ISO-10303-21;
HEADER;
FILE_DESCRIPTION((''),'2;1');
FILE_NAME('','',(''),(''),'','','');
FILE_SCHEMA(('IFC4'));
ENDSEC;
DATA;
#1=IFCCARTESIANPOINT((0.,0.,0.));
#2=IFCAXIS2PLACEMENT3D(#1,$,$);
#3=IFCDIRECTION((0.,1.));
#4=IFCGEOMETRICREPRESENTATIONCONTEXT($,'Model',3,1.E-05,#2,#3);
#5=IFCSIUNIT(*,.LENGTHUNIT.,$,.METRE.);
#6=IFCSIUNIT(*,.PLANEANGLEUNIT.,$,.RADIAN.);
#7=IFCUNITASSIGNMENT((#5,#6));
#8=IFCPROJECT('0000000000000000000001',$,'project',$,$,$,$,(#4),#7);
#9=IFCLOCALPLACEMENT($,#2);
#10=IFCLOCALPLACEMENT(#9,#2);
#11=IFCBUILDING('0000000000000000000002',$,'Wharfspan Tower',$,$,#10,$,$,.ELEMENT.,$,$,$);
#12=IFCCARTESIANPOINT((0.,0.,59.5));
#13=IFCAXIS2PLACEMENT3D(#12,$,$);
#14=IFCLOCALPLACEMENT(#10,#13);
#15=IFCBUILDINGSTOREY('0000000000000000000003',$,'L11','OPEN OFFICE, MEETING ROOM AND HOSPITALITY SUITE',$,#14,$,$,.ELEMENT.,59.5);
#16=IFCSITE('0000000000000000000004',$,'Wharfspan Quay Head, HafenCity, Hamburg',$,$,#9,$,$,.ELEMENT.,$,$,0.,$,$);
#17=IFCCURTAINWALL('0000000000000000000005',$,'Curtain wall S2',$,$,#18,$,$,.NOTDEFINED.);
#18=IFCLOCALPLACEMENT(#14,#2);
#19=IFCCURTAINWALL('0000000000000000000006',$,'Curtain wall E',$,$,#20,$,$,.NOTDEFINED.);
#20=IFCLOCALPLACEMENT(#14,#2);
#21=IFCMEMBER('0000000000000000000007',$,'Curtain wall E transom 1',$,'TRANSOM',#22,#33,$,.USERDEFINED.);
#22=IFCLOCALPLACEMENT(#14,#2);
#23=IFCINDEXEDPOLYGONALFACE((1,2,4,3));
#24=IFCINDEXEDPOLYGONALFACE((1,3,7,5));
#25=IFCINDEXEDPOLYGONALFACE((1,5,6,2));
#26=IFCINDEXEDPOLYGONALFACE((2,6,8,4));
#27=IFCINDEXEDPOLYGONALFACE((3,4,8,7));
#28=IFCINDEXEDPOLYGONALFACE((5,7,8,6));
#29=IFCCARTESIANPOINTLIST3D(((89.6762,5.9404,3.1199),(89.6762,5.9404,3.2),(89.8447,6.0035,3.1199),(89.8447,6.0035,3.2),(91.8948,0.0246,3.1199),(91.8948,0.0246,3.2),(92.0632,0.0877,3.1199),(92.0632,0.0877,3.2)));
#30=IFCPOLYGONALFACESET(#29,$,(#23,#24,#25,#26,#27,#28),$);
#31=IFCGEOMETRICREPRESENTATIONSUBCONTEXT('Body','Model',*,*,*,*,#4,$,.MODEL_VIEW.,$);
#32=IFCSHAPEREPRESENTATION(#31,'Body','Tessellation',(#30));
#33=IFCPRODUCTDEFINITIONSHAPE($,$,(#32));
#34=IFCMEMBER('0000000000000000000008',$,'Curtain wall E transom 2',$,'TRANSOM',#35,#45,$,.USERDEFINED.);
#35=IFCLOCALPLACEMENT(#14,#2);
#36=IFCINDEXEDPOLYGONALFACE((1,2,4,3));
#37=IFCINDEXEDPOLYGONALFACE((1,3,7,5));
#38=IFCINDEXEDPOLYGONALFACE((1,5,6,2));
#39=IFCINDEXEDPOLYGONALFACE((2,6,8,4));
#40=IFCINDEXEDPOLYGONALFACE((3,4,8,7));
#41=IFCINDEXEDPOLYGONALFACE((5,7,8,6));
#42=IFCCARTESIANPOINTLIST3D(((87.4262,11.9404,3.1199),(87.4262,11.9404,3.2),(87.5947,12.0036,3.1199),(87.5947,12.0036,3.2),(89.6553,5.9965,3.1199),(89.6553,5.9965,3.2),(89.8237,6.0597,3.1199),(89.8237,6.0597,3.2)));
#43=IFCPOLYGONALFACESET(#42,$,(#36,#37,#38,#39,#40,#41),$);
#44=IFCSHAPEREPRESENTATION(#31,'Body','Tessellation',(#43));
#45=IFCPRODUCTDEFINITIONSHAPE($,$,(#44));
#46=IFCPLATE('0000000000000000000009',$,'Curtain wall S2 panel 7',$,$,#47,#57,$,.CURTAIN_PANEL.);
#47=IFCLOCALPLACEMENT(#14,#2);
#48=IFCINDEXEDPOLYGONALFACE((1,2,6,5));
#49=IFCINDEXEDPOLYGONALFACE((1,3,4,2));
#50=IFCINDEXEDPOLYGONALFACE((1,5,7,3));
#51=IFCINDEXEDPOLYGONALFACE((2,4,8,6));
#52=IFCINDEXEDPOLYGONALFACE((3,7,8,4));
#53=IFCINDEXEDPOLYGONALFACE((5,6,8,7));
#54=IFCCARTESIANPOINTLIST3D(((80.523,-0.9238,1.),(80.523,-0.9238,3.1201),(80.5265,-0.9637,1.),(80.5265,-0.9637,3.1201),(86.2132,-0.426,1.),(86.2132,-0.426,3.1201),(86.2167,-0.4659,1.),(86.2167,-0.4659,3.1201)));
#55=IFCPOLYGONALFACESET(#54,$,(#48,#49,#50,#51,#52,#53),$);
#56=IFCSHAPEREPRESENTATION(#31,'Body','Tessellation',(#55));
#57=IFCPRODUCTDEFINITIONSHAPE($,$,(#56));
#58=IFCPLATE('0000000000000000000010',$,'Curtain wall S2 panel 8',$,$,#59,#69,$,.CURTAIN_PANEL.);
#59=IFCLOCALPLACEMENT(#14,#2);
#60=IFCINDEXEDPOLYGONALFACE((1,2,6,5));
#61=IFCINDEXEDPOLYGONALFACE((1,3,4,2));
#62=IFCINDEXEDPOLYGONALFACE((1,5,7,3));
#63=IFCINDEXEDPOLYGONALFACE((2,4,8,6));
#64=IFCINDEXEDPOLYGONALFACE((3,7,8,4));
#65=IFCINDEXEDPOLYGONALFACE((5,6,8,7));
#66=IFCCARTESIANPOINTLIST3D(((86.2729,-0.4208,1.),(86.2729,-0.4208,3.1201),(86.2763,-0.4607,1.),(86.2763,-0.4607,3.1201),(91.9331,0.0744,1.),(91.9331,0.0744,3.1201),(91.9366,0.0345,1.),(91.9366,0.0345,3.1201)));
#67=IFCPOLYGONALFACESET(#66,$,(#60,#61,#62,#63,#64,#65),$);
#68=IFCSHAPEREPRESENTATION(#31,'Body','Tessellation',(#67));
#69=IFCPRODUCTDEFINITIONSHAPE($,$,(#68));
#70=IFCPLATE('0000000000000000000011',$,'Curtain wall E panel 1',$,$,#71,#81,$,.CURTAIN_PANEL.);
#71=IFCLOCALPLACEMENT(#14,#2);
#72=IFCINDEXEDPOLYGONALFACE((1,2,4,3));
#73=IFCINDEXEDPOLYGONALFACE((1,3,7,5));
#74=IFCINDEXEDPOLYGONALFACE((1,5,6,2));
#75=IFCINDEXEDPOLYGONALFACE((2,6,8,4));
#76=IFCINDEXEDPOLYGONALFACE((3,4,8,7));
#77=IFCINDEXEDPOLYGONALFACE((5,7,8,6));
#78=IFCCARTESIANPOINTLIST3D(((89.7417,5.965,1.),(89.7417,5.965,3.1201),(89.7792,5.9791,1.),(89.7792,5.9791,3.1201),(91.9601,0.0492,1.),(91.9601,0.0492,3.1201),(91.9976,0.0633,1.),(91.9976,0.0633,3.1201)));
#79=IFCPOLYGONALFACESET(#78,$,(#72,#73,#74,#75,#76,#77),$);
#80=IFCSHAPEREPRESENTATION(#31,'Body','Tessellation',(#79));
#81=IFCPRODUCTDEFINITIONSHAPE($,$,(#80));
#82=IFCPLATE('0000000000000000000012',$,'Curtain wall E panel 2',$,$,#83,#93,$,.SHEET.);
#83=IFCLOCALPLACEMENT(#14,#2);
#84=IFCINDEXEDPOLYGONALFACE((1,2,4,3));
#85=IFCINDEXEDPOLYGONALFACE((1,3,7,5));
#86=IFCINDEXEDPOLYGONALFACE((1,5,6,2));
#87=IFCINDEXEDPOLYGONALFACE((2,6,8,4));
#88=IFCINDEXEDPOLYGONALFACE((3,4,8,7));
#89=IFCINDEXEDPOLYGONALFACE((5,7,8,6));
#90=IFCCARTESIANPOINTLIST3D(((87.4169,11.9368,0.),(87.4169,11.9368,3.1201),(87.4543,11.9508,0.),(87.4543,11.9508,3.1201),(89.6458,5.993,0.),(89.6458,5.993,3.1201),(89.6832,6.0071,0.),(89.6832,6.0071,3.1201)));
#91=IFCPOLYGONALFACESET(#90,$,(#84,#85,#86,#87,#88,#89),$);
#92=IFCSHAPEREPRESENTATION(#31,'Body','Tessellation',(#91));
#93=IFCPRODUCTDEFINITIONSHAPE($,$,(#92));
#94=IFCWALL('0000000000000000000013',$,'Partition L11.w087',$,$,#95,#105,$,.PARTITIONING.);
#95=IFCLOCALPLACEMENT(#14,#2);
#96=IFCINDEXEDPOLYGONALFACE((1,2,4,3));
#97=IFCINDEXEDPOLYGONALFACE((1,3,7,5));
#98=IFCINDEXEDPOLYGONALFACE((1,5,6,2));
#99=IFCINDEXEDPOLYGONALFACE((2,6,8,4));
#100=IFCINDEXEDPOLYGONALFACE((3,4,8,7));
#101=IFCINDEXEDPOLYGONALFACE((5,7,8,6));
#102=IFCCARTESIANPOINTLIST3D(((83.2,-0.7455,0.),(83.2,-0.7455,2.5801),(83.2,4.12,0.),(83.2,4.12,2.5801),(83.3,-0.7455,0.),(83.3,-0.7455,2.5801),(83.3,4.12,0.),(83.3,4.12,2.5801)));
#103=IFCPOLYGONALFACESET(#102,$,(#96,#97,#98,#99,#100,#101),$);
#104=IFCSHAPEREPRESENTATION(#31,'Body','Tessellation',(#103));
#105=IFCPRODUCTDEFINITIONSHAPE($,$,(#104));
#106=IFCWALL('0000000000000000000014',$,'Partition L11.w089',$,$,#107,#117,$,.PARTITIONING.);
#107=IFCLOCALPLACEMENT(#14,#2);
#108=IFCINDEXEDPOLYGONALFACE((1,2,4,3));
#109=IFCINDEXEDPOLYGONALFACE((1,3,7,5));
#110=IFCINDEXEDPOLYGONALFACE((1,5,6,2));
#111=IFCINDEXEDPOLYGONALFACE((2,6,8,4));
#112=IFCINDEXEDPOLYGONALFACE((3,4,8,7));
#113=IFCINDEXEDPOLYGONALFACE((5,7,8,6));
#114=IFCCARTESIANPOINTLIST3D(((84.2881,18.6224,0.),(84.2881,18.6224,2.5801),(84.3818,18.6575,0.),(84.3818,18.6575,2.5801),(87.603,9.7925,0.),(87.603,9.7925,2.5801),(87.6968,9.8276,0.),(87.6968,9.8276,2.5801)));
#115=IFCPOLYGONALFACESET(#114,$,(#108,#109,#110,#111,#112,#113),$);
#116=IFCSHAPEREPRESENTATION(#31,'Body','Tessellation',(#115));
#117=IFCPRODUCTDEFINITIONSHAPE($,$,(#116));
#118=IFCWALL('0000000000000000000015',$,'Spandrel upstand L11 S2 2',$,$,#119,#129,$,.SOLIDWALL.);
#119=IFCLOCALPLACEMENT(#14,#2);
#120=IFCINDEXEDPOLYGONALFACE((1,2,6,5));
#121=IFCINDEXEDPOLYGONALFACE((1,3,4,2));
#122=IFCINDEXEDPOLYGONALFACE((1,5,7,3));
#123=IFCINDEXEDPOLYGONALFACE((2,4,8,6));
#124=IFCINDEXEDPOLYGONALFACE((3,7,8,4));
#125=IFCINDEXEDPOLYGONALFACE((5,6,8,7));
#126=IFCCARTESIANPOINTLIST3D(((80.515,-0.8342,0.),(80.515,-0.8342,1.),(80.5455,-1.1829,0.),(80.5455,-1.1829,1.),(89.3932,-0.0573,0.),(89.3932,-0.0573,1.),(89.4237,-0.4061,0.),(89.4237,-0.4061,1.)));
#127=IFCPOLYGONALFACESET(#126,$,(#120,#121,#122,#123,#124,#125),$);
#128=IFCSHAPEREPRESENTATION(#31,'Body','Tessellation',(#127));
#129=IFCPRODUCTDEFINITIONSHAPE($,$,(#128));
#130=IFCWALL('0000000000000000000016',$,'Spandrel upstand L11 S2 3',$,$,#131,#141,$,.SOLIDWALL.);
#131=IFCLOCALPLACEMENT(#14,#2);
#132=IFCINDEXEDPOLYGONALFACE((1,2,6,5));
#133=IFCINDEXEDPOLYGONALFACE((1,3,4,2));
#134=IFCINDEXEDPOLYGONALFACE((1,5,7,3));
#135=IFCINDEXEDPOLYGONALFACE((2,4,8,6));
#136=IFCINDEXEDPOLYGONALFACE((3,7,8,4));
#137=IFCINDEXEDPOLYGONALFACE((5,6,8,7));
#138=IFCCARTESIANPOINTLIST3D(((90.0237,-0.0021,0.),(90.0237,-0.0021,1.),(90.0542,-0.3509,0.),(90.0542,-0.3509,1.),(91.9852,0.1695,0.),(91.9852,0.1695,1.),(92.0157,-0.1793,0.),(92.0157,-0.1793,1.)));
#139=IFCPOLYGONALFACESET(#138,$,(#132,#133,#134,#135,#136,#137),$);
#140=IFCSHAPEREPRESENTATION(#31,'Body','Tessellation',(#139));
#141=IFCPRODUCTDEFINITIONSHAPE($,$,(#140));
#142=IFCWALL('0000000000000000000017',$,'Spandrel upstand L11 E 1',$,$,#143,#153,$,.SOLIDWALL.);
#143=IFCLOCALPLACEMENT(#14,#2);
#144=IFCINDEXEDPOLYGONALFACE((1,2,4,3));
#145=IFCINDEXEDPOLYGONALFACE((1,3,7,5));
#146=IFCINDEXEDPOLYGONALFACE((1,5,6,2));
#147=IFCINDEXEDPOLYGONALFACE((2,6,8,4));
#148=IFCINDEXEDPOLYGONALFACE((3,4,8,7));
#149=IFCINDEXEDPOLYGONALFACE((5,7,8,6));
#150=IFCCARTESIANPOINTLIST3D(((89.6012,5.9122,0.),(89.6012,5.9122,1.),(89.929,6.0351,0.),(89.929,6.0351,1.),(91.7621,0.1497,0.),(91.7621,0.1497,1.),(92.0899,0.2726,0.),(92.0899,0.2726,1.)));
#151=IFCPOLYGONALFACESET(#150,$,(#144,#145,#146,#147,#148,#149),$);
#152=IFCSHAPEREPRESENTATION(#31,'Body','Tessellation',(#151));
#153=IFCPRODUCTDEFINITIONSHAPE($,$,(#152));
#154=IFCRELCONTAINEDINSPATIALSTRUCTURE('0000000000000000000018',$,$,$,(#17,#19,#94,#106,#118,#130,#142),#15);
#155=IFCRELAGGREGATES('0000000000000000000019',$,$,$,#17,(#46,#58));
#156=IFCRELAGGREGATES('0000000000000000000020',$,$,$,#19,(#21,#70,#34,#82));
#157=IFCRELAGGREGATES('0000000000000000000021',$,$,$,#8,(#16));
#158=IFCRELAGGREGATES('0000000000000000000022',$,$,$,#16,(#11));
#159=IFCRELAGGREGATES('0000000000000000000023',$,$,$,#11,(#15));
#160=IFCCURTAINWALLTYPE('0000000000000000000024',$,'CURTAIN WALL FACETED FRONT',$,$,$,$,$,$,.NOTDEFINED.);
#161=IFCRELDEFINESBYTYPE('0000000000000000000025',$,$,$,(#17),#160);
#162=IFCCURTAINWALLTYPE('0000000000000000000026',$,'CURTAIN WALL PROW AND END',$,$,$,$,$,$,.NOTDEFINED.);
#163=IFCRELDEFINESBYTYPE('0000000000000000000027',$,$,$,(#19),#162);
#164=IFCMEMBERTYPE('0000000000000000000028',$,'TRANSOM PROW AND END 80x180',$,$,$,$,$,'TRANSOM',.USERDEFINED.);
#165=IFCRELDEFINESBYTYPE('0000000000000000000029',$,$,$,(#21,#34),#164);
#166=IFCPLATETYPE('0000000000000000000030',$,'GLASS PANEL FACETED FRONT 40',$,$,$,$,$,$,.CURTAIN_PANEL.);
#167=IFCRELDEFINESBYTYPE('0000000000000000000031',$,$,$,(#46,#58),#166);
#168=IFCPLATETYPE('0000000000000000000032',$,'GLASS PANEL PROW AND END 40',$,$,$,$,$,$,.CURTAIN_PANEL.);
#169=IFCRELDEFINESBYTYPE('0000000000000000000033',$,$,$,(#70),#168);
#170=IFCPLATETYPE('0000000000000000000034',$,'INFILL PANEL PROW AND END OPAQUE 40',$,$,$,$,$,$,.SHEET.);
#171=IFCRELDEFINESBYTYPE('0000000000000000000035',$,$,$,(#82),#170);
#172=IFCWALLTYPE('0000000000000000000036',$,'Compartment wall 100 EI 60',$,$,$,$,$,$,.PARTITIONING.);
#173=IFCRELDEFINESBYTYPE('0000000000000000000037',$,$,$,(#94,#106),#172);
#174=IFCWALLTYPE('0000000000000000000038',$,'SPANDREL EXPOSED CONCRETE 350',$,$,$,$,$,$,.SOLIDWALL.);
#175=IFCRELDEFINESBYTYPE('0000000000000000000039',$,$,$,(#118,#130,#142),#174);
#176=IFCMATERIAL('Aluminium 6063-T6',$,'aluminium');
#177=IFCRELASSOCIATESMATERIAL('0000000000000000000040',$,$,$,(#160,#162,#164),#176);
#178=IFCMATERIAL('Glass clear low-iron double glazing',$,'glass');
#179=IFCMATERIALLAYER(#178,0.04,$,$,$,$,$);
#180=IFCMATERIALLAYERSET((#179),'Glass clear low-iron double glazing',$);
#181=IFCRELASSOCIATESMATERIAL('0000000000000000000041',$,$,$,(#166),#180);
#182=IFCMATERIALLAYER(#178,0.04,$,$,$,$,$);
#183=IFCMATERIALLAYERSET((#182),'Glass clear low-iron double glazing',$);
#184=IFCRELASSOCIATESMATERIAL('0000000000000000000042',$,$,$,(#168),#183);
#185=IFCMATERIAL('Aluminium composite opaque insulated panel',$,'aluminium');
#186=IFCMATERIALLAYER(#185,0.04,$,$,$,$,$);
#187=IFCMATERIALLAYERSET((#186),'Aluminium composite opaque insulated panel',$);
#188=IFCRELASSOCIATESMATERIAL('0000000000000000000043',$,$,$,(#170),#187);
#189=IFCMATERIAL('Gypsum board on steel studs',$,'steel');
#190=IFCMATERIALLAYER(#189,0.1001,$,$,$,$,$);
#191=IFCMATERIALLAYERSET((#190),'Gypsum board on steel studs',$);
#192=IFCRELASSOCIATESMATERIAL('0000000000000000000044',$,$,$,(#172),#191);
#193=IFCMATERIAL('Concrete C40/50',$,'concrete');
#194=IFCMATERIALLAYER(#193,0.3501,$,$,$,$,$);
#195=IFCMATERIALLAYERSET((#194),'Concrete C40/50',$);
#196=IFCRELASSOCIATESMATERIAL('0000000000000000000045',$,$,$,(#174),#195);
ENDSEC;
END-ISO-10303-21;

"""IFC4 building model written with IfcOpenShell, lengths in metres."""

from ifc_helpers import new_model, si_unit, direction, frame, frame_2d, origin, origin_2d, place, context, subcontext, project, spatial, rectangle, extrude, material, layer, layer_set, material_profile, profile_set, type_object, element, aggregate, save


model = new_model("IFC4")

# Units and contexts
model_context = context("Model", 3, precision=1e-05, world=origin(), true_north=direction((0.0, 1.0)))
body_context = subcontext(model_context, "Body", "Model", "MODEL_VIEW")
ifc_project = project(units=[si_unit("LENGTHUNIT", "METRE"), si_unit("PLANEANGLEUNIT", "RADIAN")], contexts=[model_context])

# Site, building, storey
site_placement = place(None, origin())
site = spatial("IfcSite", under=ifc_project, at=site_placement, Name="Wharfspan Quay Head, HafenCity, Hamburg", CompositionType="ELEMENT", RefElevation=0.0)
building_placement = place(site_placement, origin())
building = spatial("IfcBuilding", under=site, at=building_placement, Name="Wharfspan Tower", CompositionType="ELEMENT")
storey_placement = place(building_placement, frame((0.0, 0.0, 59.5)))
storey = spatial("IfcBuildingStorey", under=building, at=storey_placement, Name="L11", Description="OPEN OFFICE, MEETING ROOM AND HOSPITALITY SUITE", CompositionType="ELEMENT", Elevation=59.5)

# Curtain walls
ifc_material_1 = material(Name="Aluminium 6063-T6", Category="aluminium")
curtain_wall_type_1 = type_object("IfcCurtainWallType", Name="CURTAIN WALL FACETED FRONT", PredefinedType="NOTDEFINED", material=ifc_material_1)
curtain_wall_1_placement = place(storey_placement, origin())
curtain_wall_1 = element("IfcCurtainWall", 1, at=curtain_wall_1_placement, inside=storey, type_object=curtain_wall_type_1, Name="Curtain wall S2", PredefinedType="NOTDEFINED")
curtain_wall_type_2 = type_object("IfcCurtainWallType", Name="CURTAIN WALL PROW AND END", PredefinedType="NOTDEFINED", material=ifc_material_1)
curtain_wall_2_placement = place(storey_placement, origin())
curtain_wall_2 = element("IfcCurtainWall", 2, at=curtain_wall_2_placement, inside=storey, type_object=curtain_wall_type_2, Name="Curtain wall E", PredefinedType="NOTDEFINED")

# Members
ifc_material_profile_1 = material_profile(ifc_material_1, rectangle(XDim=0.1799, YDim=0.0801, at=origin_2d()))
ifc_profile_set_1 = profile_set([ifc_material_profile_1], Name="Aluminium 6063-T6")
member_type_1 = type_object("IfcMemberType", Name="TRANSOM PROW AND END 80x180", ElementType="TRANSOM", PredefinedType="USERDEFINED", material=ifc_profile_set_1)
member_1_placement = place(storey_placement, frame((91.979, 0.0562, 3.1599), z_axis=(-0.351136, 0.936324, 0.0), x_axis=(-0.936324, -0.351136, 0.0)))
member_1 = element("IfcMember", 3, at=member_1_placement, type_object=member_type_1, Name="Curtain wall E transom 1", ObjectType="TRANSOM", PredefinedType="USERDEFINED", context=body_context, shape_type="SweptSolid", body=[
    extrude(rectangle(XDim=0.1799, YDim=0.0801, at=origin_2d()), origin(), (0.0, 0.0, 1.0), 6.3181),
])
member_2_placement = place(storey_placement, frame((89.7395, 6.0281, 3.1599), z_axis=(-0.351132, 0.936326, 0.0), x_axis=(-0.936326, -0.351132, 0.0)))
member_2 = element("IfcMember", 4, at=member_2_placement, type_object=member_type_1, Name="Curtain wall E transom 2", ObjectType="TRANSOM", PredefinedType="USERDEFINED", context=body_context, shape_type="SweptSolid", body=[
    extrude(rectangle(XDim=0.1799, YDim=0.0801, at=origin_2d()), origin(), (0.0, 0.0, 1.0), 6.3481),
])

# Plates
ifc_material_2 = material(Name="Glass clear low-iron double glazing", Category="glass")
ifc_layer_1 = layer(ifc_material_2, 0.04)
ifc_layer_set_1 = layer_set([ifc_layer_1], Name="Glass clear low-iron double glazing")
plate_type_1 = type_object("IfcPlateType", Name="GLASS PANEL FACETED FRONT 40", PredefinedType="CURTAIN_PANEL", material=ifc_layer_set_1)
plate_1_placement = place(storey_placement, frame((83.3699, -0.6948, 1.0), z_axis=(0.0, 0.0, 1.0), x_axis=(0.996197, 0.087156, 0.0)))
plate_1 = element("IfcPlate", 5, at=plate_1_placement, type_object=plate_type_1, Name="Curtain wall S2 panel 7", PredefinedType="CURTAIN_PANEL", context=body_context, shape_type="SweptSolid", body=[
    extrude(rectangle(XDim=5.7119, YDim=0.04, at=origin_2d()), origin(), (0.0, 0.0, 1.0), 2.1201),
])
plate_2_placement = place(storey_placement, frame((89.1047, -0.1931, 1.0), z_axis=(0.0, 0.0, 1.0), x_axis=(0.996197, 0.087156, 0.0)))
plate_2 = element("IfcPlate", 6, at=plate_2_placement, type_object=plate_type_1, Name="Curtain wall S2 panel 8", PredefinedType="CURTAIN_PANEL", context=body_context, shape_type="SweptSolid", body=[
    extrude(rectangle(XDim=5.6819, YDim=0.04, at=origin_2d()), origin(), (0.0, 0.0, 1.0), 2.1201),
])
aggregate(curtain_wall_1, [plate_1, plate_2])
ifc_layer_2 = layer(ifc_material_2, 0.04)
ifc_layer_set_2 = layer_set([ifc_layer_2], Name="Glass clear low-iron double glazing")
plate_type_2 = type_object("IfcPlateType", Name="GLASS PANEL PROW AND END 40", PredefinedType="CURTAIN_PANEL", material=ifc_layer_set_2)
plate_3_placement = place(storey_placement, frame((90.8696, 3.0142, 1.0), z_axis=(0.0, 0.0, 1.0), x_axis=(-0.351123, 0.936328, 0.0)))
plate_3 = element("IfcPlate", 7, at=plate_3_placement, type_object=plate_type_2, Name="Curtain wall E panel 1", PredefinedType="CURTAIN_PANEL", context=body_context, shape_type="SweptSolid", body=[
    extrude(rectangle(XDim=6.3181, YDim=0.04, at=origin_2d()), origin(), (0.0, 0.0, 1.0), 2.1201),
])
ifc_material_3 = material(Name="Aluminium composite opaque insulated panel", Category="aluminium")
ifc_layer_3 = layer(ifc_material_3, 0.04)
ifc_layer_set_3 = layer_set([ifc_layer_3], Name="Aluminium composite opaque insulated panel")
plate_type_3 = type_object("IfcPlateType", Name="INFILL PANEL PROW AND END OPAQUE 40", PredefinedType="SHEET", material=ifc_layer_set_3)
plate_4_placement = place(storey_placement, frame((88.55, 8.9719, 0.0), z_axis=(0.0, 0.0, 1.0), x_axis=(-0.351123, 0.936328, 0.0)))
plate_4 = element("IfcPlate", 8, at=plate_4_placement, type_object=plate_type_3, Name="Curtain wall E panel 2", PredefinedType="SHEET", context=body_context, shape_type="SweptSolid", body=[
    extrude(rectangle(XDim=6.3479, YDim=0.04, at=origin_2d()), origin(), (0.0, 0.0, 1.0), 3.1201),
])
aggregate(curtain_wall_2, [member_1, plate_3, member_2, plate_4])

# Walls
ifc_material_4 = material(Name="Gypsum board on steel studs", Category="steel")
ifc_layer_4 = layer(ifc_material_4, 0.1001)
ifc_layer_set_4 = layer_set([ifc_layer_4], Name="Gypsum board on steel studs")
wall_type_1 = type_object("IfcWallType", Name="Compartment wall 100 EI 60", PredefinedType="PARTITIONING", material=ifc_layer_set_4)
wall_1_placement = place(storey_placement, frame((83.25, -0.7454, 0.0), z_axis=(0.0, 0.0, 1.0), x_axis=(0.0, 1.0, 0.0)))
element("IfcWall", 9, at=wall_1_placement, inside=storey, type_object=wall_type_1, Name="Partition L11.w087", PredefinedType="PARTITIONING", context=body_context, shape_type="SweptSolid", body=[
    extrude(rectangle(XDim=4.8655, YDim=0.1001, at=frame_2d((2.4326, 0.0))), origin(), (0.0, 0.0, 1.0), 2.5801),
])
wall_2_placement = place(storey_placement, frame((87.6499, 9.8101, 0.0), z_axis=(0.0, 0.0, 1.0), x_axis=(-0.351473, 0.9362, 0.0)))
element("IfcWall", 10, at=wall_2_placement, inside=storey, type_object=wall_type_1, Name="Partition L11.w089", PredefinedType="PARTITIONING", context=body_context, shape_type="SweptSolid", body=[
    extrude(rectangle(XDim=9.4316, YDim=0.1001, at=frame_2d((4.7158, 0.0))), origin(), (0.0, 0.0, 1.0), 2.5801),
])
ifc_material_5 = material(Name="Concrete C40/50", Category="concrete")
ifc_layer_5 = layer(ifc_material_5, 0.3501)
ifc_layer_set_5 = layer_set([ifc_layer_5], Name="Concrete C40/50")
wall_type_2 = type_object("IfcWallType", Name="SPANDREL EXPOSED CONCRETE 350", PredefinedType="SOLIDWALL", material=ifc_layer_set_5)
wall_3_placement = place(storey_placement, frame((80.5303, -1.0085, 0.0), z_axis=(0.0, 0.0, 1.0), x_axis=(0.996198, 0.087169, 0.0)))
element("IfcWall", 11, at=wall_3_placement, inside=storey, type_object=wall_type_2, Name="Spandrel upstand L11 S2 2", PredefinedType="SOLIDWALL", context=body_context, shape_type="SweptSolid", body=[
    extrude(rectangle(XDim=8.9121, YDim=0.3501, at=frame_2d((4.4561, 0.0))), origin(), (0.0, 0.0, 1.0), 1.0),
])
wall_4_placement = place(storey_placement, frame((90.0391, -0.1765, 0.0), z_axis=(0.0, 0.0, 1.0), x_axis=(0.996193, 0.08717, 0.0)))
element("IfcWall", 12, at=wall_4_placement, inside=storey, type_object=wall_type_2, Name="Spandrel upstand L11 S2 3", PredefinedType="SOLIDWALL", context=body_context, shape_type="SweptSolid", body=[
    extrude(rectangle(XDim=1.969, YDim=0.3501, at=frame_2d((0.9844, 0.0))), origin(), (0.0, 0.0, 1.0), 1.0),
])
wall_5_placement = place(storey_placement, frame((91.926, 0.2112, 0.0), z_axis=(0.0, 0.0, 1.0), x_axis=(-0.351118, 0.936328, 0.0)))
element("IfcWall", 13, at=wall_5_placement, inside=storey, type_object=wall_type_2, Name="Spandrel upstand L11 E 1", PredefinedType="SOLIDWALL", context=body_context, shape_type="SweptSolid", body=[
    extrude(rectangle(XDim=6.1543, YDim=0.3501, at=frame_2d((3.0771, 0.0))), origin(), (0.0, 0.0, 1.0), 1.0),
])

save(model, "model.ifc")
